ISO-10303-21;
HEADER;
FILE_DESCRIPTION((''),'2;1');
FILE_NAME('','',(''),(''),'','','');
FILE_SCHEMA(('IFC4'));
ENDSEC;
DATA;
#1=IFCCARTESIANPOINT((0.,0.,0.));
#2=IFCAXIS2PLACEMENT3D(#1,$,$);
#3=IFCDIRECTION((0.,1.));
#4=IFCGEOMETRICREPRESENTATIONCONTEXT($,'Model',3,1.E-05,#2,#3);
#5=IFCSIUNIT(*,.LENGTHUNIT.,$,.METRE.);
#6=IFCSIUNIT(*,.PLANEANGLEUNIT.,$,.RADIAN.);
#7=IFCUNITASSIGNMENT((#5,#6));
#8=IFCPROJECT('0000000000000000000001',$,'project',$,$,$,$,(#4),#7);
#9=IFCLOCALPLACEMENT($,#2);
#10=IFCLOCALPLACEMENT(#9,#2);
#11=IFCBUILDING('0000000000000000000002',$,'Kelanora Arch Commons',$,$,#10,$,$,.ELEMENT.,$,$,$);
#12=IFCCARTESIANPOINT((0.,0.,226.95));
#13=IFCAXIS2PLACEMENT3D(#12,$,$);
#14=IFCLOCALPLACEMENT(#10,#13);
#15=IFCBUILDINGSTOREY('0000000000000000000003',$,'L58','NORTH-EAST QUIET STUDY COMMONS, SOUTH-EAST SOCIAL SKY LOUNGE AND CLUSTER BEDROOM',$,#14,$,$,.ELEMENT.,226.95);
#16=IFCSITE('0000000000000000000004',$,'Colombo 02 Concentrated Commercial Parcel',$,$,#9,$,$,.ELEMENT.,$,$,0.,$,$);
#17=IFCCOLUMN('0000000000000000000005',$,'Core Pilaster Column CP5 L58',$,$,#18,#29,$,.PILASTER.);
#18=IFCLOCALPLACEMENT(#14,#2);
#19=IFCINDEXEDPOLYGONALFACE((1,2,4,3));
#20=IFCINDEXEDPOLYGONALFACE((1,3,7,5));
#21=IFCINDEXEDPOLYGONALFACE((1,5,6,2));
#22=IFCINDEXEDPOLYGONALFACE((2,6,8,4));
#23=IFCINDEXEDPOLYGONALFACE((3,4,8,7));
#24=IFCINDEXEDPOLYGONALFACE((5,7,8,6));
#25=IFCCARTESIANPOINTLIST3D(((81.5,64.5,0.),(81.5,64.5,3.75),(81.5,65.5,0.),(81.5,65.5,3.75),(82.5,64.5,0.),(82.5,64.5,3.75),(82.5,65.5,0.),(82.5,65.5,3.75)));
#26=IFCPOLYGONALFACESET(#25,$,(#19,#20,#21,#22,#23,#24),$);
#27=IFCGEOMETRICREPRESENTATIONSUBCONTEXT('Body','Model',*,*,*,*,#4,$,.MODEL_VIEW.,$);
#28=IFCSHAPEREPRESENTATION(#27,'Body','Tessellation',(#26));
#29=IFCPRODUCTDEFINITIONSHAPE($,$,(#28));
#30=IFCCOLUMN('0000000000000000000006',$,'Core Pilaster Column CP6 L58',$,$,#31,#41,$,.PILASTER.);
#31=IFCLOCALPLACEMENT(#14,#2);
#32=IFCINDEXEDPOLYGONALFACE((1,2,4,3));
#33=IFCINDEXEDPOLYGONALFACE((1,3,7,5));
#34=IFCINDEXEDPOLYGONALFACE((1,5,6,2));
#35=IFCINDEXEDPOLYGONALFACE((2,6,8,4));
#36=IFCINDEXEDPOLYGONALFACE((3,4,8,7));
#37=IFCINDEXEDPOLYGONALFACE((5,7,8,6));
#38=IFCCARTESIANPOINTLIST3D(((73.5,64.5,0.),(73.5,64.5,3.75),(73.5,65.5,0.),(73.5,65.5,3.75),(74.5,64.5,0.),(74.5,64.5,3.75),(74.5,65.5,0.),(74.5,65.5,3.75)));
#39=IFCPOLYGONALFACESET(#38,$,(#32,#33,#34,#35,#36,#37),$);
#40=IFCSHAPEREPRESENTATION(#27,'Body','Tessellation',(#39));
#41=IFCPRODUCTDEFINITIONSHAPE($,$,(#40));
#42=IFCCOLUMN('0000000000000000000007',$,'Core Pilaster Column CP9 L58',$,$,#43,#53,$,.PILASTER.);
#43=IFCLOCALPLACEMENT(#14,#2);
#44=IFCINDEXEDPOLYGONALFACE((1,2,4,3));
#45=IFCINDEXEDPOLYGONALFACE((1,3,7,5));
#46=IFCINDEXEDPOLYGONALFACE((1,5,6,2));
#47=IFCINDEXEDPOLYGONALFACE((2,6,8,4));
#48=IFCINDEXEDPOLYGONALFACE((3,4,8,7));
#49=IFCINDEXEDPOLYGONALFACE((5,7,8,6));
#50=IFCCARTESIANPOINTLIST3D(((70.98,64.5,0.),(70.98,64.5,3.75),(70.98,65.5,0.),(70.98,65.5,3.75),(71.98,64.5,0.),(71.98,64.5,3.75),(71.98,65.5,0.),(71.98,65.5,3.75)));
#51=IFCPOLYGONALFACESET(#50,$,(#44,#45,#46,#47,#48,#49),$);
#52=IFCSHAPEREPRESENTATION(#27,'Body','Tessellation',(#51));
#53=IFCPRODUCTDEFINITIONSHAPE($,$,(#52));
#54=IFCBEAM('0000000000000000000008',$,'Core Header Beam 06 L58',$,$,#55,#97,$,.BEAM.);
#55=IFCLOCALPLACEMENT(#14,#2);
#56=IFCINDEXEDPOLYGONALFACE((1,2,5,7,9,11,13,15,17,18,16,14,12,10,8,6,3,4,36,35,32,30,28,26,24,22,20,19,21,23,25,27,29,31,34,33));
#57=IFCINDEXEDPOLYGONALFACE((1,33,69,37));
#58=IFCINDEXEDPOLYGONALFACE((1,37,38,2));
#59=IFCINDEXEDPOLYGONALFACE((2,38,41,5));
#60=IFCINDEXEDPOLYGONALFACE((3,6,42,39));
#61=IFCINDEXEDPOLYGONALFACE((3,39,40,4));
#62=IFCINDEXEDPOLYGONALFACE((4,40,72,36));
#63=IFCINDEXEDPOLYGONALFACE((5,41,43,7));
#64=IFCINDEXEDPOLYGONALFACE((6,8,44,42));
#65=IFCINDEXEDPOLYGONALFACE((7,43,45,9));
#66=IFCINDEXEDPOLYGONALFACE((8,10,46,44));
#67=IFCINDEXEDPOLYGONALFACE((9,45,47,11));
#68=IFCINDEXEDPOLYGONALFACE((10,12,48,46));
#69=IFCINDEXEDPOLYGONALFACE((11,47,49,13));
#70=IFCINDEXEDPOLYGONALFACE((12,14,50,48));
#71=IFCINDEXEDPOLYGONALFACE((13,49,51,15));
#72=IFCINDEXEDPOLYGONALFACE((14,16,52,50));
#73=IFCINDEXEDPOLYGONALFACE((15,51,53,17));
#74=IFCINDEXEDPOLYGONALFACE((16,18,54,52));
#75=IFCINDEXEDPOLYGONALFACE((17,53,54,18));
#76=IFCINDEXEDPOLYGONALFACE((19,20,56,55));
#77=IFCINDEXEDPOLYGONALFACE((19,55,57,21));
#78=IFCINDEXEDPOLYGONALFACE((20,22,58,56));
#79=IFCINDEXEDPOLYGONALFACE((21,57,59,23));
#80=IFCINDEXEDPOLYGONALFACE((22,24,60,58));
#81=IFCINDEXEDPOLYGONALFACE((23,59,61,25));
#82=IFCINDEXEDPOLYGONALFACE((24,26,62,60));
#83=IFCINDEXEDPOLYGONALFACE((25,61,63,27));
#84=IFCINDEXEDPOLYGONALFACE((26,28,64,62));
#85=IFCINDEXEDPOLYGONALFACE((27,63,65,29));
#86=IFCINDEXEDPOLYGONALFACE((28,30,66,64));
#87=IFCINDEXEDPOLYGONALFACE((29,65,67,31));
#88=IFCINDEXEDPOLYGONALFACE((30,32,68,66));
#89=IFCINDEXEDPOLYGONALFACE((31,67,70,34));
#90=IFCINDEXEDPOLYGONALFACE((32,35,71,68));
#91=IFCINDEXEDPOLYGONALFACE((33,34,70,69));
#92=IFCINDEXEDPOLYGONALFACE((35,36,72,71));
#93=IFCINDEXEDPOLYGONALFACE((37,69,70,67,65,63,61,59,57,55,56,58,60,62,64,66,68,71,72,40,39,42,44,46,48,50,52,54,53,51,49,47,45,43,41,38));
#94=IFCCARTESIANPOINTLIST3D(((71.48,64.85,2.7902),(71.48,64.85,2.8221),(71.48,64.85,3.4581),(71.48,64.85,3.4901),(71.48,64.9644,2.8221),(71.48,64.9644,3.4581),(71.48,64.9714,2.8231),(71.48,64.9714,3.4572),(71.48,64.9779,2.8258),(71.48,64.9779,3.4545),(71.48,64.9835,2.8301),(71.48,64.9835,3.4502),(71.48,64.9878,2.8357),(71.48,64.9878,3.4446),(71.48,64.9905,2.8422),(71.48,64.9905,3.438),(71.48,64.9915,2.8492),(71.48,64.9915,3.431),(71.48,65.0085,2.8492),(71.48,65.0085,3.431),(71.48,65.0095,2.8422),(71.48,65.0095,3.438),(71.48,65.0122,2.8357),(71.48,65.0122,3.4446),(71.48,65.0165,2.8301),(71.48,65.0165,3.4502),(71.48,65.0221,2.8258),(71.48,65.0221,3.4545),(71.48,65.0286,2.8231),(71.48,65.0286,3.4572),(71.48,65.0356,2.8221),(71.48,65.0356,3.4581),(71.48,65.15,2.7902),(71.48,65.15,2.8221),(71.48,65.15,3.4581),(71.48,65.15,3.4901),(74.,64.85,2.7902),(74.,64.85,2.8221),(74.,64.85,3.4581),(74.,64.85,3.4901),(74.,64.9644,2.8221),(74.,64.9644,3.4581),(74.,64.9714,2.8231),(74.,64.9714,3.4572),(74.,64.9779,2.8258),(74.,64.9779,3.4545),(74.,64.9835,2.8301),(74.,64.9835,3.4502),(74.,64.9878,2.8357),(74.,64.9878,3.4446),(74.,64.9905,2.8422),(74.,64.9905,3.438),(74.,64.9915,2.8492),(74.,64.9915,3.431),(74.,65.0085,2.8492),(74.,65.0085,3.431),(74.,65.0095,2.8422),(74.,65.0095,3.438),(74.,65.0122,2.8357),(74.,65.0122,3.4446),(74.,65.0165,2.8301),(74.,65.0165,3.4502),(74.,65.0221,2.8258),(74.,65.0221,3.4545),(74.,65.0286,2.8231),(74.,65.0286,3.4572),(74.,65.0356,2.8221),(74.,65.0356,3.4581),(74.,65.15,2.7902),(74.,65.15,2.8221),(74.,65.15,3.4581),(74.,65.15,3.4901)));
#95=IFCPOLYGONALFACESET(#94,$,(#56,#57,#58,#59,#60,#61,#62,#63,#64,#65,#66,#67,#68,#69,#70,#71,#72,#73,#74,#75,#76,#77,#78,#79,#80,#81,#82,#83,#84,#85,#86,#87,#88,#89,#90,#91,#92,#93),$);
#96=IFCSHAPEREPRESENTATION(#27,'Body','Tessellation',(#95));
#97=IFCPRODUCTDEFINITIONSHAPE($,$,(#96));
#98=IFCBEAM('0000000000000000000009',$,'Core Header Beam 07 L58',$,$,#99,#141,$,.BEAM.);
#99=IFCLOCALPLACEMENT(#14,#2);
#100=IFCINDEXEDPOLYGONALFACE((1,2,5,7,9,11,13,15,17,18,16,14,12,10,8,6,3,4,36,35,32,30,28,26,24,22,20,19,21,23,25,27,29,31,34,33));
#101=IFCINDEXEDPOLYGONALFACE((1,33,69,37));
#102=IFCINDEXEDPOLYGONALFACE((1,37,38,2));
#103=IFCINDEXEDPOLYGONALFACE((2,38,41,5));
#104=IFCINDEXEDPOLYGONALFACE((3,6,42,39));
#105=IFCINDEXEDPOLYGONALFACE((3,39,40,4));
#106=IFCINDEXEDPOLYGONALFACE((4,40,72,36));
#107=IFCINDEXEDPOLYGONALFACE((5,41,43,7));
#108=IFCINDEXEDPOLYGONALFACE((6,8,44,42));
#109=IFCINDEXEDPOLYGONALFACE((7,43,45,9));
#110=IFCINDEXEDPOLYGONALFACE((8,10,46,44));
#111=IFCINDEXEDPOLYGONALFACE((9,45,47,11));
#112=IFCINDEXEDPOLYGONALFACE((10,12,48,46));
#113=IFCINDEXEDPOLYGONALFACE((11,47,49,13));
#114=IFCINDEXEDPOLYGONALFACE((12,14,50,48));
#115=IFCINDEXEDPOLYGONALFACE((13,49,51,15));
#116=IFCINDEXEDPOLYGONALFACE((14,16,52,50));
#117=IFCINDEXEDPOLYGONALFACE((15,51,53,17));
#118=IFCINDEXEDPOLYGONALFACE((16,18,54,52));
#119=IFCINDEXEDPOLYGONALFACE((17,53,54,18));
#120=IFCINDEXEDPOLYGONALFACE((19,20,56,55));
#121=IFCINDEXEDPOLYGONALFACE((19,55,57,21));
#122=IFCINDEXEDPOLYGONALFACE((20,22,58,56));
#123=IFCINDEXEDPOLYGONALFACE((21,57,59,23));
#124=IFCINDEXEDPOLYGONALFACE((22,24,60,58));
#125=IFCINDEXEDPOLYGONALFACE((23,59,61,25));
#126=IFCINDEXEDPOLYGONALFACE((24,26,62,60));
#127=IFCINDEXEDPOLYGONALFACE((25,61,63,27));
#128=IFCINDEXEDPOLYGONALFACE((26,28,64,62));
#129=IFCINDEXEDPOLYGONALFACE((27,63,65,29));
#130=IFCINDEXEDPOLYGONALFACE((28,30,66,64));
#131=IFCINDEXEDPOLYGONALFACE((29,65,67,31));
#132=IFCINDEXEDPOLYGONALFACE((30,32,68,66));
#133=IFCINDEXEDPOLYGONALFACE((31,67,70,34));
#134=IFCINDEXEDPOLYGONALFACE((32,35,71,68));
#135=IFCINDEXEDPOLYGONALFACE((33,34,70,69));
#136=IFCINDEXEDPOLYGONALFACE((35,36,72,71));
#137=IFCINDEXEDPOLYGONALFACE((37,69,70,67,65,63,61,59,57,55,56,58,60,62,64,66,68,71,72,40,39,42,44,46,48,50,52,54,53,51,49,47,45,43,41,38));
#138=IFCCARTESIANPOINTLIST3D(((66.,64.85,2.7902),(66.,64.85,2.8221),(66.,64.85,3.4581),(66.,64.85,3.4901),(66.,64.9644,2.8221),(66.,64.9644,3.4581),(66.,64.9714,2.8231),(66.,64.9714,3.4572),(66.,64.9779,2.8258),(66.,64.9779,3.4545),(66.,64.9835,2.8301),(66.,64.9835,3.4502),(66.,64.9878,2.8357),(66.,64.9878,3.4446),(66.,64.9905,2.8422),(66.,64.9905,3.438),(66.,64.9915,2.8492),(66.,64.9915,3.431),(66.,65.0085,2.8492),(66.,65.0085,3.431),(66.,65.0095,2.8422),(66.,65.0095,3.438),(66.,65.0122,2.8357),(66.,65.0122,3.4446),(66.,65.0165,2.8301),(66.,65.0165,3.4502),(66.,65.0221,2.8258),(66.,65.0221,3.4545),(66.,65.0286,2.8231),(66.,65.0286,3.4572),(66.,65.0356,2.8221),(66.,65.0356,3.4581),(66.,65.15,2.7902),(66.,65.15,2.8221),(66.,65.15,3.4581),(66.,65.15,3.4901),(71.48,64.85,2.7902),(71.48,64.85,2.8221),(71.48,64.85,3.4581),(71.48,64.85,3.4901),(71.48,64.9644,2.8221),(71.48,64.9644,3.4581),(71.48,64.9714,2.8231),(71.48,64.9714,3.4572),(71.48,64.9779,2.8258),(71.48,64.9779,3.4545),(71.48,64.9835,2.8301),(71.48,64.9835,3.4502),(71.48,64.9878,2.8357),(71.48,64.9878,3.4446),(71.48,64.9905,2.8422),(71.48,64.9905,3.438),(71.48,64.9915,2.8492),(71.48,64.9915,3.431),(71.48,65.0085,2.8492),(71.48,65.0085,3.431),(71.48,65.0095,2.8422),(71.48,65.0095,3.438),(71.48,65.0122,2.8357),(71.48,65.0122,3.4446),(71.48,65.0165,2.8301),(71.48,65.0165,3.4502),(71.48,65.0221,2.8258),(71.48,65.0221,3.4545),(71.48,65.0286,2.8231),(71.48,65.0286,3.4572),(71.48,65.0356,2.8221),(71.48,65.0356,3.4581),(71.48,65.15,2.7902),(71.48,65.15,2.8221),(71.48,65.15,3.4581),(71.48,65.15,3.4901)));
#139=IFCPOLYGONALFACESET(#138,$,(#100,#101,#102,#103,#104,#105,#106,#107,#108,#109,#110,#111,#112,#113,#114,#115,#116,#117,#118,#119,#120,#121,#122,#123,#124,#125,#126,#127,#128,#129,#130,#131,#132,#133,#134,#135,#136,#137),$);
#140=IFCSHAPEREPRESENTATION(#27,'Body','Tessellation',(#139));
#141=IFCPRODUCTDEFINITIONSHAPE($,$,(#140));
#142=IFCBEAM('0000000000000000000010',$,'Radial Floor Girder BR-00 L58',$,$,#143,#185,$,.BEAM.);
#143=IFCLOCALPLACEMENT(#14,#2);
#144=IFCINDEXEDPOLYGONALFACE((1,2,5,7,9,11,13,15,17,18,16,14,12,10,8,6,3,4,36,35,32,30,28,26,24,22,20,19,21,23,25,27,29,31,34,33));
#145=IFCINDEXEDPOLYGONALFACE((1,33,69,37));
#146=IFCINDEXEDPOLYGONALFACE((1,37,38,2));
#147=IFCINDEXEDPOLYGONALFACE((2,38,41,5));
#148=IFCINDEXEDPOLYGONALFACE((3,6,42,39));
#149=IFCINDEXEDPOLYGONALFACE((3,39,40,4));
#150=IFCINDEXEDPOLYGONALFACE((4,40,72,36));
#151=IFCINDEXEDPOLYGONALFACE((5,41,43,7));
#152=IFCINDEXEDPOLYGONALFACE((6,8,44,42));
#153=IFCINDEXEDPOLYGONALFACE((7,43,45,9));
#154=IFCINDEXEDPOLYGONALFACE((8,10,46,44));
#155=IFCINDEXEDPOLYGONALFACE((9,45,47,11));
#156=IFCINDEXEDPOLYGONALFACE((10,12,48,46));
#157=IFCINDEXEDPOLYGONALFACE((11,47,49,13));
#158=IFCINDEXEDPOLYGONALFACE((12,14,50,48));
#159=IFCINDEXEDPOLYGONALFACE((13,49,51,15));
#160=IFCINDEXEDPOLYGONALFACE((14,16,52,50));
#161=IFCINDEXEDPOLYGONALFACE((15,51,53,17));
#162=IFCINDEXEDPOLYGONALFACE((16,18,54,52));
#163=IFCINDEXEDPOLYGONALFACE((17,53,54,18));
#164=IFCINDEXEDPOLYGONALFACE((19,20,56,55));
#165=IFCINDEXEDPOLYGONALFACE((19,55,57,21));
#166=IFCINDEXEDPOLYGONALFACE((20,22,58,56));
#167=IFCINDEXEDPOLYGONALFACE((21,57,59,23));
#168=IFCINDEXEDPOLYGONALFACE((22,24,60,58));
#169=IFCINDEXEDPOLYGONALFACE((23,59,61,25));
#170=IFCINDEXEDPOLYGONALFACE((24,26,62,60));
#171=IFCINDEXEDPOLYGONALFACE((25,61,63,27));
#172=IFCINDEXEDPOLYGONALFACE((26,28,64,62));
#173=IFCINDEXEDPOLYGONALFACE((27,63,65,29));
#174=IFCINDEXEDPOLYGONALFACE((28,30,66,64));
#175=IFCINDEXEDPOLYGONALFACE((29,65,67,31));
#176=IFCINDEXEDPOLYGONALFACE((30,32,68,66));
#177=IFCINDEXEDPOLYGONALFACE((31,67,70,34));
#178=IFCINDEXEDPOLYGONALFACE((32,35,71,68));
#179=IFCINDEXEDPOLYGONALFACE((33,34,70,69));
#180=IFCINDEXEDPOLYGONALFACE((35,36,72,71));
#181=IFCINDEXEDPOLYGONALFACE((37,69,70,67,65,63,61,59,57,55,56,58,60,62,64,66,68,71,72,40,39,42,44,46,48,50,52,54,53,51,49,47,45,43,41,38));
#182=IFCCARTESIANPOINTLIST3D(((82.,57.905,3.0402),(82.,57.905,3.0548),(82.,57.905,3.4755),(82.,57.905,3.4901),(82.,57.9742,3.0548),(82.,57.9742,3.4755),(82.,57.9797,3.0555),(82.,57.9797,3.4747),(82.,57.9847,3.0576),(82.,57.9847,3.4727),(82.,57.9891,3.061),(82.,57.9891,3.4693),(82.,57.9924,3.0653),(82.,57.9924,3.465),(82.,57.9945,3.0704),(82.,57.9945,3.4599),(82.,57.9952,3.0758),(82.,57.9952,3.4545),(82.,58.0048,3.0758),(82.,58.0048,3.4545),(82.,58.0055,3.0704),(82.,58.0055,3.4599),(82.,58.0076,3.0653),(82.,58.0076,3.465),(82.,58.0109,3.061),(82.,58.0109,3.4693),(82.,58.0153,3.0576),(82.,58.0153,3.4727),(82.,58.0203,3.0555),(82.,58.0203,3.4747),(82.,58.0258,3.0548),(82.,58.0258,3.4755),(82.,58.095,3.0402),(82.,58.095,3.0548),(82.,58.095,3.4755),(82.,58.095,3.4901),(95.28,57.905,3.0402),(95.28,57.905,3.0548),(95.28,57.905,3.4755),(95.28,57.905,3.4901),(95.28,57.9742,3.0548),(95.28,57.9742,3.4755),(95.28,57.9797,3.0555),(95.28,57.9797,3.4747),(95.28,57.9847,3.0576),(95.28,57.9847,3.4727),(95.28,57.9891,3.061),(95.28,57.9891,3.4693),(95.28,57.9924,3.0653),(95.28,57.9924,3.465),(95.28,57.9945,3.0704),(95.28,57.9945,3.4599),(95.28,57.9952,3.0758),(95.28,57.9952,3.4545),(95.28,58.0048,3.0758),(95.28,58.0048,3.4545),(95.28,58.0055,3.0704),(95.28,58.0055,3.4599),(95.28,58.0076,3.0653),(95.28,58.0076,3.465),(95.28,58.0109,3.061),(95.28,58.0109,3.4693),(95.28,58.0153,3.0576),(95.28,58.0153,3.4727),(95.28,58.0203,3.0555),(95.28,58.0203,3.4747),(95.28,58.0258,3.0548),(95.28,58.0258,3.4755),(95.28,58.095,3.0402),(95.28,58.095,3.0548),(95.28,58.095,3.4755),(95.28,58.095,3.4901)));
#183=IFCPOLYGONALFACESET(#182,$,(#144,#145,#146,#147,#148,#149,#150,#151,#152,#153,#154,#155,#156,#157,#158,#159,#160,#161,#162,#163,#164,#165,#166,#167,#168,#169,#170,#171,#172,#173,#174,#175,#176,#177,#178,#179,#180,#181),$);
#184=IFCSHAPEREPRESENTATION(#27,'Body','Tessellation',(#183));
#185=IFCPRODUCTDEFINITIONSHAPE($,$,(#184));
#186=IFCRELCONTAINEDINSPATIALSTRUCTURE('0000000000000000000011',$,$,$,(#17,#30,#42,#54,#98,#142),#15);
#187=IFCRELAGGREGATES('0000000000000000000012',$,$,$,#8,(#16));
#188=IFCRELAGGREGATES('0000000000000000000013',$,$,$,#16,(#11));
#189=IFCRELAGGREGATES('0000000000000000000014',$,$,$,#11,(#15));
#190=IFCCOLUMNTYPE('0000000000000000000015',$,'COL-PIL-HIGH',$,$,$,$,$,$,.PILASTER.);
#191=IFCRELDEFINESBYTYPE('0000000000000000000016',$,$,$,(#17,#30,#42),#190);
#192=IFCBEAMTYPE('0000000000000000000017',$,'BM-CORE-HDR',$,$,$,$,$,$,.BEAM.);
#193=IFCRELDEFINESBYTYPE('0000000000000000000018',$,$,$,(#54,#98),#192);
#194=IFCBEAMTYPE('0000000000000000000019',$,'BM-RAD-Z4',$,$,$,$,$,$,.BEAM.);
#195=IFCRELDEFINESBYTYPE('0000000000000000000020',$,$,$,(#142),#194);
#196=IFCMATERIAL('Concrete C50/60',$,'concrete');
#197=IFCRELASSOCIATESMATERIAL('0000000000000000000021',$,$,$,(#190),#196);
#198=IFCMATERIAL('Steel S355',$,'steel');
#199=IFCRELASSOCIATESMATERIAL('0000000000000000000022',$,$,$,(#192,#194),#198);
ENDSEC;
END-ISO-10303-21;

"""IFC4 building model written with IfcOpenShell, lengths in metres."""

from ifc_helpers import new_model, si_unit, direction, frame, origin, origin_2d, place, context, subcontext, project, spatial, rectangle, i_section, extrude, material, material_profile, profile_set, type_object, element, save


model = new_model("IFC4")

# Units and contexts
model_context = context("Model", 3, precision=1e-05, world=origin(), true_north=direction((0.0, 1.0)))
body_context = subcontext(model_context, "Body", "Model", "MODEL_VIEW")
ifc_project = project(units=[si_unit("LENGTHUNIT", "METRE"), si_unit("PLANEANGLEUNIT", "RADIAN")], contexts=[model_context])

# Site, building, storey
site_placement = place(None, origin())
site = spatial("IfcSite", under=ifc_project, at=site_placement, Name="Colombo 02 Concentrated Commercial Parcel", CompositionType="ELEMENT", RefElevation=0.0)
building_placement = place(site_placement, origin())
building = spatial("IfcBuilding", under=site, at=building_placement, Name="Kelanora Arch Commons", CompositionType="ELEMENT")
storey_placement = place(building_placement, frame((0.0, 0.0, 226.95)))
storey = spatial("IfcBuildingStorey", under=building, at=storey_placement, Name="L58", Description="NORTH-EAST QUIET STUDY COMMONS, SOUTH-EAST SOCIAL SKY LOUNGE AND CLUSTER BEDROOM", CompositionType="ELEMENT", Elevation=226.95)

# Columns
ifc_material_1 = material(Name="Concrete C50/60", Category="concrete")
ifc_material_profile_1 = material_profile(ifc_material_1, rectangle(XDim=1.0, YDim=1.0, at=origin_2d()), Name="RC1000x1000")
ifc_profile_set_1 = profile_set([ifc_material_profile_1], Name="Concrete C50/60")
column_type = type_object("IfcColumnType", Name="COL-PIL-HIGH", PredefinedType="PILASTER", material=ifc_profile_set_1)
for number, where, z_axis, x_axis, name in (
    (1, (82.0, 65.0, 0.0), (0.0, 0.0, 1.0), (1.0, 0.0, 0.0), "Core Pilaster Column CP5 L58"),
    (2, (74.0, 65.0, 0.0), (0.0, 0.0, 1.0), (1.0, 0.0, 0.0), "Core Pilaster Column CP6 L58"),
    (3, (71.48, 65.0, 0.0), (0.0, 0.0, 1.0), (1.0, 0.0, 0.0), "Core Pilaster Column CP9 L58"),
):
    element("IfcColumn", number, at=place(storey_placement, frame(where, z_axis=z_axis, x_axis=x_axis)), inside=storey, type_object=column_type, Name=name, PredefinedType="PILASTER", context=body_context, shape_type="SweptSolid", body=[
        extrude(rectangle(XDim=1.0, YDim=1.0, at=origin_2d()), origin(), (0.0, 0.0, 1.0), 3.75),
    ])

# Beams
ifc_material_2 = material(Name="Steel S355", Category="steel")
ifc_material_profile_2 = material_profile(ifc_material_2, i_section(OverallWidth=0.3, OverallDepth=0.7, WebThickness=0.0171, FlangeThickness=0.032, FilletRadius=0.0271, at=origin_2d()), Name="HEB700")
ifc_profile_set_2 = profile_set([ifc_material_profile_2], Name="Steel S355")
beam_type_1 = type_object("IfcBeamType", Name="BM-CORE-HDR", PredefinedType="BEAM", material=ifc_profile_set_2)
beam_1_placement = place(storey_placement, frame((74.0, 65.0, 3.1401), z_axis=(-1.0, 0.0, 0.0), x_axis=(0.0, -1.0, 0.0)))
element("IfcBeam", 4, at=beam_1_placement, inside=storey, type_object=beam_type_1, Name="Core Header Beam 06 L58", PredefinedType="BEAM", context=body_context, shape_type="SweptSolid", body=[
    extrude(i_section(OverallWidth=0.3, OverallDepth=0.7, WebThickness=0.0171, FlangeThickness=0.032, FilletRadius=0.0271, at=origin_2d()), origin(), (0.0, 0.0, 1.0), 2.52),
])
beam_2_placement = place(storey_placement, frame((71.48, 65.0, 3.1401), z_axis=(-1.0, 0.0, 0.0), x_axis=(0.0, -1.0, 0.0)))
element("IfcBeam", 5, at=beam_2_placement, inside=storey, type_object=beam_type_1, Name="Core Header Beam 07 L58", PredefinedType="BEAM", context=body_context, shape_type="SweptSolid", body=[
    extrude(i_section(OverallWidth=0.3, OverallDepth=0.7, WebThickness=0.0171, FlangeThickness=0.032, FilletRadius=0.0271, at=origin_2d()), origin(), (0.0, 0.0, 1.0), 5.48),
])
ifc_material_profile_3 = material_profile(ifc_material_2, i_section(OverallWidth=0.1899, OverallDepth=0.45, WebThickness=0.0095, FlangeThickness=0.0146, FilletRadius=0.021, at=origin_2d()), Name="IPE450")
ifc_profile_set_3 = profile_set([ifc_material_profile_3], Name="Steel S355")
beam_type_2 = type_object("IfcBeamType", Name="BM-RAD-Z4", PredefinedType="BEAM", material=ifc_profile_set_3)
beam_3_placement = place(storey_placement, frame((82.0, 58.0, 3.2651), z_axis=(1.0, 0.0, 0.0), x_axis=(0.0, 1.0, 0.0)))
element("IfcBeam", 6, at=beam_3_placement, inside=storey, type_object=beam_type_2, Name="Radial Floor Girder BR-00 L58", PredefinedType="BEAM", context=body_context, shape_type="SweptSolid", body=[
    extrude(i_section(OverallWidth=0.1899, OverallDepth=0.45, WebThickness=0.0095, FlangeThickness=0.0146, FilletRadius=0.021, at=origin_2d()), origin(), (0.0, 0.0, 1.0), 13.28),
])

save(model, "model.ifc")
